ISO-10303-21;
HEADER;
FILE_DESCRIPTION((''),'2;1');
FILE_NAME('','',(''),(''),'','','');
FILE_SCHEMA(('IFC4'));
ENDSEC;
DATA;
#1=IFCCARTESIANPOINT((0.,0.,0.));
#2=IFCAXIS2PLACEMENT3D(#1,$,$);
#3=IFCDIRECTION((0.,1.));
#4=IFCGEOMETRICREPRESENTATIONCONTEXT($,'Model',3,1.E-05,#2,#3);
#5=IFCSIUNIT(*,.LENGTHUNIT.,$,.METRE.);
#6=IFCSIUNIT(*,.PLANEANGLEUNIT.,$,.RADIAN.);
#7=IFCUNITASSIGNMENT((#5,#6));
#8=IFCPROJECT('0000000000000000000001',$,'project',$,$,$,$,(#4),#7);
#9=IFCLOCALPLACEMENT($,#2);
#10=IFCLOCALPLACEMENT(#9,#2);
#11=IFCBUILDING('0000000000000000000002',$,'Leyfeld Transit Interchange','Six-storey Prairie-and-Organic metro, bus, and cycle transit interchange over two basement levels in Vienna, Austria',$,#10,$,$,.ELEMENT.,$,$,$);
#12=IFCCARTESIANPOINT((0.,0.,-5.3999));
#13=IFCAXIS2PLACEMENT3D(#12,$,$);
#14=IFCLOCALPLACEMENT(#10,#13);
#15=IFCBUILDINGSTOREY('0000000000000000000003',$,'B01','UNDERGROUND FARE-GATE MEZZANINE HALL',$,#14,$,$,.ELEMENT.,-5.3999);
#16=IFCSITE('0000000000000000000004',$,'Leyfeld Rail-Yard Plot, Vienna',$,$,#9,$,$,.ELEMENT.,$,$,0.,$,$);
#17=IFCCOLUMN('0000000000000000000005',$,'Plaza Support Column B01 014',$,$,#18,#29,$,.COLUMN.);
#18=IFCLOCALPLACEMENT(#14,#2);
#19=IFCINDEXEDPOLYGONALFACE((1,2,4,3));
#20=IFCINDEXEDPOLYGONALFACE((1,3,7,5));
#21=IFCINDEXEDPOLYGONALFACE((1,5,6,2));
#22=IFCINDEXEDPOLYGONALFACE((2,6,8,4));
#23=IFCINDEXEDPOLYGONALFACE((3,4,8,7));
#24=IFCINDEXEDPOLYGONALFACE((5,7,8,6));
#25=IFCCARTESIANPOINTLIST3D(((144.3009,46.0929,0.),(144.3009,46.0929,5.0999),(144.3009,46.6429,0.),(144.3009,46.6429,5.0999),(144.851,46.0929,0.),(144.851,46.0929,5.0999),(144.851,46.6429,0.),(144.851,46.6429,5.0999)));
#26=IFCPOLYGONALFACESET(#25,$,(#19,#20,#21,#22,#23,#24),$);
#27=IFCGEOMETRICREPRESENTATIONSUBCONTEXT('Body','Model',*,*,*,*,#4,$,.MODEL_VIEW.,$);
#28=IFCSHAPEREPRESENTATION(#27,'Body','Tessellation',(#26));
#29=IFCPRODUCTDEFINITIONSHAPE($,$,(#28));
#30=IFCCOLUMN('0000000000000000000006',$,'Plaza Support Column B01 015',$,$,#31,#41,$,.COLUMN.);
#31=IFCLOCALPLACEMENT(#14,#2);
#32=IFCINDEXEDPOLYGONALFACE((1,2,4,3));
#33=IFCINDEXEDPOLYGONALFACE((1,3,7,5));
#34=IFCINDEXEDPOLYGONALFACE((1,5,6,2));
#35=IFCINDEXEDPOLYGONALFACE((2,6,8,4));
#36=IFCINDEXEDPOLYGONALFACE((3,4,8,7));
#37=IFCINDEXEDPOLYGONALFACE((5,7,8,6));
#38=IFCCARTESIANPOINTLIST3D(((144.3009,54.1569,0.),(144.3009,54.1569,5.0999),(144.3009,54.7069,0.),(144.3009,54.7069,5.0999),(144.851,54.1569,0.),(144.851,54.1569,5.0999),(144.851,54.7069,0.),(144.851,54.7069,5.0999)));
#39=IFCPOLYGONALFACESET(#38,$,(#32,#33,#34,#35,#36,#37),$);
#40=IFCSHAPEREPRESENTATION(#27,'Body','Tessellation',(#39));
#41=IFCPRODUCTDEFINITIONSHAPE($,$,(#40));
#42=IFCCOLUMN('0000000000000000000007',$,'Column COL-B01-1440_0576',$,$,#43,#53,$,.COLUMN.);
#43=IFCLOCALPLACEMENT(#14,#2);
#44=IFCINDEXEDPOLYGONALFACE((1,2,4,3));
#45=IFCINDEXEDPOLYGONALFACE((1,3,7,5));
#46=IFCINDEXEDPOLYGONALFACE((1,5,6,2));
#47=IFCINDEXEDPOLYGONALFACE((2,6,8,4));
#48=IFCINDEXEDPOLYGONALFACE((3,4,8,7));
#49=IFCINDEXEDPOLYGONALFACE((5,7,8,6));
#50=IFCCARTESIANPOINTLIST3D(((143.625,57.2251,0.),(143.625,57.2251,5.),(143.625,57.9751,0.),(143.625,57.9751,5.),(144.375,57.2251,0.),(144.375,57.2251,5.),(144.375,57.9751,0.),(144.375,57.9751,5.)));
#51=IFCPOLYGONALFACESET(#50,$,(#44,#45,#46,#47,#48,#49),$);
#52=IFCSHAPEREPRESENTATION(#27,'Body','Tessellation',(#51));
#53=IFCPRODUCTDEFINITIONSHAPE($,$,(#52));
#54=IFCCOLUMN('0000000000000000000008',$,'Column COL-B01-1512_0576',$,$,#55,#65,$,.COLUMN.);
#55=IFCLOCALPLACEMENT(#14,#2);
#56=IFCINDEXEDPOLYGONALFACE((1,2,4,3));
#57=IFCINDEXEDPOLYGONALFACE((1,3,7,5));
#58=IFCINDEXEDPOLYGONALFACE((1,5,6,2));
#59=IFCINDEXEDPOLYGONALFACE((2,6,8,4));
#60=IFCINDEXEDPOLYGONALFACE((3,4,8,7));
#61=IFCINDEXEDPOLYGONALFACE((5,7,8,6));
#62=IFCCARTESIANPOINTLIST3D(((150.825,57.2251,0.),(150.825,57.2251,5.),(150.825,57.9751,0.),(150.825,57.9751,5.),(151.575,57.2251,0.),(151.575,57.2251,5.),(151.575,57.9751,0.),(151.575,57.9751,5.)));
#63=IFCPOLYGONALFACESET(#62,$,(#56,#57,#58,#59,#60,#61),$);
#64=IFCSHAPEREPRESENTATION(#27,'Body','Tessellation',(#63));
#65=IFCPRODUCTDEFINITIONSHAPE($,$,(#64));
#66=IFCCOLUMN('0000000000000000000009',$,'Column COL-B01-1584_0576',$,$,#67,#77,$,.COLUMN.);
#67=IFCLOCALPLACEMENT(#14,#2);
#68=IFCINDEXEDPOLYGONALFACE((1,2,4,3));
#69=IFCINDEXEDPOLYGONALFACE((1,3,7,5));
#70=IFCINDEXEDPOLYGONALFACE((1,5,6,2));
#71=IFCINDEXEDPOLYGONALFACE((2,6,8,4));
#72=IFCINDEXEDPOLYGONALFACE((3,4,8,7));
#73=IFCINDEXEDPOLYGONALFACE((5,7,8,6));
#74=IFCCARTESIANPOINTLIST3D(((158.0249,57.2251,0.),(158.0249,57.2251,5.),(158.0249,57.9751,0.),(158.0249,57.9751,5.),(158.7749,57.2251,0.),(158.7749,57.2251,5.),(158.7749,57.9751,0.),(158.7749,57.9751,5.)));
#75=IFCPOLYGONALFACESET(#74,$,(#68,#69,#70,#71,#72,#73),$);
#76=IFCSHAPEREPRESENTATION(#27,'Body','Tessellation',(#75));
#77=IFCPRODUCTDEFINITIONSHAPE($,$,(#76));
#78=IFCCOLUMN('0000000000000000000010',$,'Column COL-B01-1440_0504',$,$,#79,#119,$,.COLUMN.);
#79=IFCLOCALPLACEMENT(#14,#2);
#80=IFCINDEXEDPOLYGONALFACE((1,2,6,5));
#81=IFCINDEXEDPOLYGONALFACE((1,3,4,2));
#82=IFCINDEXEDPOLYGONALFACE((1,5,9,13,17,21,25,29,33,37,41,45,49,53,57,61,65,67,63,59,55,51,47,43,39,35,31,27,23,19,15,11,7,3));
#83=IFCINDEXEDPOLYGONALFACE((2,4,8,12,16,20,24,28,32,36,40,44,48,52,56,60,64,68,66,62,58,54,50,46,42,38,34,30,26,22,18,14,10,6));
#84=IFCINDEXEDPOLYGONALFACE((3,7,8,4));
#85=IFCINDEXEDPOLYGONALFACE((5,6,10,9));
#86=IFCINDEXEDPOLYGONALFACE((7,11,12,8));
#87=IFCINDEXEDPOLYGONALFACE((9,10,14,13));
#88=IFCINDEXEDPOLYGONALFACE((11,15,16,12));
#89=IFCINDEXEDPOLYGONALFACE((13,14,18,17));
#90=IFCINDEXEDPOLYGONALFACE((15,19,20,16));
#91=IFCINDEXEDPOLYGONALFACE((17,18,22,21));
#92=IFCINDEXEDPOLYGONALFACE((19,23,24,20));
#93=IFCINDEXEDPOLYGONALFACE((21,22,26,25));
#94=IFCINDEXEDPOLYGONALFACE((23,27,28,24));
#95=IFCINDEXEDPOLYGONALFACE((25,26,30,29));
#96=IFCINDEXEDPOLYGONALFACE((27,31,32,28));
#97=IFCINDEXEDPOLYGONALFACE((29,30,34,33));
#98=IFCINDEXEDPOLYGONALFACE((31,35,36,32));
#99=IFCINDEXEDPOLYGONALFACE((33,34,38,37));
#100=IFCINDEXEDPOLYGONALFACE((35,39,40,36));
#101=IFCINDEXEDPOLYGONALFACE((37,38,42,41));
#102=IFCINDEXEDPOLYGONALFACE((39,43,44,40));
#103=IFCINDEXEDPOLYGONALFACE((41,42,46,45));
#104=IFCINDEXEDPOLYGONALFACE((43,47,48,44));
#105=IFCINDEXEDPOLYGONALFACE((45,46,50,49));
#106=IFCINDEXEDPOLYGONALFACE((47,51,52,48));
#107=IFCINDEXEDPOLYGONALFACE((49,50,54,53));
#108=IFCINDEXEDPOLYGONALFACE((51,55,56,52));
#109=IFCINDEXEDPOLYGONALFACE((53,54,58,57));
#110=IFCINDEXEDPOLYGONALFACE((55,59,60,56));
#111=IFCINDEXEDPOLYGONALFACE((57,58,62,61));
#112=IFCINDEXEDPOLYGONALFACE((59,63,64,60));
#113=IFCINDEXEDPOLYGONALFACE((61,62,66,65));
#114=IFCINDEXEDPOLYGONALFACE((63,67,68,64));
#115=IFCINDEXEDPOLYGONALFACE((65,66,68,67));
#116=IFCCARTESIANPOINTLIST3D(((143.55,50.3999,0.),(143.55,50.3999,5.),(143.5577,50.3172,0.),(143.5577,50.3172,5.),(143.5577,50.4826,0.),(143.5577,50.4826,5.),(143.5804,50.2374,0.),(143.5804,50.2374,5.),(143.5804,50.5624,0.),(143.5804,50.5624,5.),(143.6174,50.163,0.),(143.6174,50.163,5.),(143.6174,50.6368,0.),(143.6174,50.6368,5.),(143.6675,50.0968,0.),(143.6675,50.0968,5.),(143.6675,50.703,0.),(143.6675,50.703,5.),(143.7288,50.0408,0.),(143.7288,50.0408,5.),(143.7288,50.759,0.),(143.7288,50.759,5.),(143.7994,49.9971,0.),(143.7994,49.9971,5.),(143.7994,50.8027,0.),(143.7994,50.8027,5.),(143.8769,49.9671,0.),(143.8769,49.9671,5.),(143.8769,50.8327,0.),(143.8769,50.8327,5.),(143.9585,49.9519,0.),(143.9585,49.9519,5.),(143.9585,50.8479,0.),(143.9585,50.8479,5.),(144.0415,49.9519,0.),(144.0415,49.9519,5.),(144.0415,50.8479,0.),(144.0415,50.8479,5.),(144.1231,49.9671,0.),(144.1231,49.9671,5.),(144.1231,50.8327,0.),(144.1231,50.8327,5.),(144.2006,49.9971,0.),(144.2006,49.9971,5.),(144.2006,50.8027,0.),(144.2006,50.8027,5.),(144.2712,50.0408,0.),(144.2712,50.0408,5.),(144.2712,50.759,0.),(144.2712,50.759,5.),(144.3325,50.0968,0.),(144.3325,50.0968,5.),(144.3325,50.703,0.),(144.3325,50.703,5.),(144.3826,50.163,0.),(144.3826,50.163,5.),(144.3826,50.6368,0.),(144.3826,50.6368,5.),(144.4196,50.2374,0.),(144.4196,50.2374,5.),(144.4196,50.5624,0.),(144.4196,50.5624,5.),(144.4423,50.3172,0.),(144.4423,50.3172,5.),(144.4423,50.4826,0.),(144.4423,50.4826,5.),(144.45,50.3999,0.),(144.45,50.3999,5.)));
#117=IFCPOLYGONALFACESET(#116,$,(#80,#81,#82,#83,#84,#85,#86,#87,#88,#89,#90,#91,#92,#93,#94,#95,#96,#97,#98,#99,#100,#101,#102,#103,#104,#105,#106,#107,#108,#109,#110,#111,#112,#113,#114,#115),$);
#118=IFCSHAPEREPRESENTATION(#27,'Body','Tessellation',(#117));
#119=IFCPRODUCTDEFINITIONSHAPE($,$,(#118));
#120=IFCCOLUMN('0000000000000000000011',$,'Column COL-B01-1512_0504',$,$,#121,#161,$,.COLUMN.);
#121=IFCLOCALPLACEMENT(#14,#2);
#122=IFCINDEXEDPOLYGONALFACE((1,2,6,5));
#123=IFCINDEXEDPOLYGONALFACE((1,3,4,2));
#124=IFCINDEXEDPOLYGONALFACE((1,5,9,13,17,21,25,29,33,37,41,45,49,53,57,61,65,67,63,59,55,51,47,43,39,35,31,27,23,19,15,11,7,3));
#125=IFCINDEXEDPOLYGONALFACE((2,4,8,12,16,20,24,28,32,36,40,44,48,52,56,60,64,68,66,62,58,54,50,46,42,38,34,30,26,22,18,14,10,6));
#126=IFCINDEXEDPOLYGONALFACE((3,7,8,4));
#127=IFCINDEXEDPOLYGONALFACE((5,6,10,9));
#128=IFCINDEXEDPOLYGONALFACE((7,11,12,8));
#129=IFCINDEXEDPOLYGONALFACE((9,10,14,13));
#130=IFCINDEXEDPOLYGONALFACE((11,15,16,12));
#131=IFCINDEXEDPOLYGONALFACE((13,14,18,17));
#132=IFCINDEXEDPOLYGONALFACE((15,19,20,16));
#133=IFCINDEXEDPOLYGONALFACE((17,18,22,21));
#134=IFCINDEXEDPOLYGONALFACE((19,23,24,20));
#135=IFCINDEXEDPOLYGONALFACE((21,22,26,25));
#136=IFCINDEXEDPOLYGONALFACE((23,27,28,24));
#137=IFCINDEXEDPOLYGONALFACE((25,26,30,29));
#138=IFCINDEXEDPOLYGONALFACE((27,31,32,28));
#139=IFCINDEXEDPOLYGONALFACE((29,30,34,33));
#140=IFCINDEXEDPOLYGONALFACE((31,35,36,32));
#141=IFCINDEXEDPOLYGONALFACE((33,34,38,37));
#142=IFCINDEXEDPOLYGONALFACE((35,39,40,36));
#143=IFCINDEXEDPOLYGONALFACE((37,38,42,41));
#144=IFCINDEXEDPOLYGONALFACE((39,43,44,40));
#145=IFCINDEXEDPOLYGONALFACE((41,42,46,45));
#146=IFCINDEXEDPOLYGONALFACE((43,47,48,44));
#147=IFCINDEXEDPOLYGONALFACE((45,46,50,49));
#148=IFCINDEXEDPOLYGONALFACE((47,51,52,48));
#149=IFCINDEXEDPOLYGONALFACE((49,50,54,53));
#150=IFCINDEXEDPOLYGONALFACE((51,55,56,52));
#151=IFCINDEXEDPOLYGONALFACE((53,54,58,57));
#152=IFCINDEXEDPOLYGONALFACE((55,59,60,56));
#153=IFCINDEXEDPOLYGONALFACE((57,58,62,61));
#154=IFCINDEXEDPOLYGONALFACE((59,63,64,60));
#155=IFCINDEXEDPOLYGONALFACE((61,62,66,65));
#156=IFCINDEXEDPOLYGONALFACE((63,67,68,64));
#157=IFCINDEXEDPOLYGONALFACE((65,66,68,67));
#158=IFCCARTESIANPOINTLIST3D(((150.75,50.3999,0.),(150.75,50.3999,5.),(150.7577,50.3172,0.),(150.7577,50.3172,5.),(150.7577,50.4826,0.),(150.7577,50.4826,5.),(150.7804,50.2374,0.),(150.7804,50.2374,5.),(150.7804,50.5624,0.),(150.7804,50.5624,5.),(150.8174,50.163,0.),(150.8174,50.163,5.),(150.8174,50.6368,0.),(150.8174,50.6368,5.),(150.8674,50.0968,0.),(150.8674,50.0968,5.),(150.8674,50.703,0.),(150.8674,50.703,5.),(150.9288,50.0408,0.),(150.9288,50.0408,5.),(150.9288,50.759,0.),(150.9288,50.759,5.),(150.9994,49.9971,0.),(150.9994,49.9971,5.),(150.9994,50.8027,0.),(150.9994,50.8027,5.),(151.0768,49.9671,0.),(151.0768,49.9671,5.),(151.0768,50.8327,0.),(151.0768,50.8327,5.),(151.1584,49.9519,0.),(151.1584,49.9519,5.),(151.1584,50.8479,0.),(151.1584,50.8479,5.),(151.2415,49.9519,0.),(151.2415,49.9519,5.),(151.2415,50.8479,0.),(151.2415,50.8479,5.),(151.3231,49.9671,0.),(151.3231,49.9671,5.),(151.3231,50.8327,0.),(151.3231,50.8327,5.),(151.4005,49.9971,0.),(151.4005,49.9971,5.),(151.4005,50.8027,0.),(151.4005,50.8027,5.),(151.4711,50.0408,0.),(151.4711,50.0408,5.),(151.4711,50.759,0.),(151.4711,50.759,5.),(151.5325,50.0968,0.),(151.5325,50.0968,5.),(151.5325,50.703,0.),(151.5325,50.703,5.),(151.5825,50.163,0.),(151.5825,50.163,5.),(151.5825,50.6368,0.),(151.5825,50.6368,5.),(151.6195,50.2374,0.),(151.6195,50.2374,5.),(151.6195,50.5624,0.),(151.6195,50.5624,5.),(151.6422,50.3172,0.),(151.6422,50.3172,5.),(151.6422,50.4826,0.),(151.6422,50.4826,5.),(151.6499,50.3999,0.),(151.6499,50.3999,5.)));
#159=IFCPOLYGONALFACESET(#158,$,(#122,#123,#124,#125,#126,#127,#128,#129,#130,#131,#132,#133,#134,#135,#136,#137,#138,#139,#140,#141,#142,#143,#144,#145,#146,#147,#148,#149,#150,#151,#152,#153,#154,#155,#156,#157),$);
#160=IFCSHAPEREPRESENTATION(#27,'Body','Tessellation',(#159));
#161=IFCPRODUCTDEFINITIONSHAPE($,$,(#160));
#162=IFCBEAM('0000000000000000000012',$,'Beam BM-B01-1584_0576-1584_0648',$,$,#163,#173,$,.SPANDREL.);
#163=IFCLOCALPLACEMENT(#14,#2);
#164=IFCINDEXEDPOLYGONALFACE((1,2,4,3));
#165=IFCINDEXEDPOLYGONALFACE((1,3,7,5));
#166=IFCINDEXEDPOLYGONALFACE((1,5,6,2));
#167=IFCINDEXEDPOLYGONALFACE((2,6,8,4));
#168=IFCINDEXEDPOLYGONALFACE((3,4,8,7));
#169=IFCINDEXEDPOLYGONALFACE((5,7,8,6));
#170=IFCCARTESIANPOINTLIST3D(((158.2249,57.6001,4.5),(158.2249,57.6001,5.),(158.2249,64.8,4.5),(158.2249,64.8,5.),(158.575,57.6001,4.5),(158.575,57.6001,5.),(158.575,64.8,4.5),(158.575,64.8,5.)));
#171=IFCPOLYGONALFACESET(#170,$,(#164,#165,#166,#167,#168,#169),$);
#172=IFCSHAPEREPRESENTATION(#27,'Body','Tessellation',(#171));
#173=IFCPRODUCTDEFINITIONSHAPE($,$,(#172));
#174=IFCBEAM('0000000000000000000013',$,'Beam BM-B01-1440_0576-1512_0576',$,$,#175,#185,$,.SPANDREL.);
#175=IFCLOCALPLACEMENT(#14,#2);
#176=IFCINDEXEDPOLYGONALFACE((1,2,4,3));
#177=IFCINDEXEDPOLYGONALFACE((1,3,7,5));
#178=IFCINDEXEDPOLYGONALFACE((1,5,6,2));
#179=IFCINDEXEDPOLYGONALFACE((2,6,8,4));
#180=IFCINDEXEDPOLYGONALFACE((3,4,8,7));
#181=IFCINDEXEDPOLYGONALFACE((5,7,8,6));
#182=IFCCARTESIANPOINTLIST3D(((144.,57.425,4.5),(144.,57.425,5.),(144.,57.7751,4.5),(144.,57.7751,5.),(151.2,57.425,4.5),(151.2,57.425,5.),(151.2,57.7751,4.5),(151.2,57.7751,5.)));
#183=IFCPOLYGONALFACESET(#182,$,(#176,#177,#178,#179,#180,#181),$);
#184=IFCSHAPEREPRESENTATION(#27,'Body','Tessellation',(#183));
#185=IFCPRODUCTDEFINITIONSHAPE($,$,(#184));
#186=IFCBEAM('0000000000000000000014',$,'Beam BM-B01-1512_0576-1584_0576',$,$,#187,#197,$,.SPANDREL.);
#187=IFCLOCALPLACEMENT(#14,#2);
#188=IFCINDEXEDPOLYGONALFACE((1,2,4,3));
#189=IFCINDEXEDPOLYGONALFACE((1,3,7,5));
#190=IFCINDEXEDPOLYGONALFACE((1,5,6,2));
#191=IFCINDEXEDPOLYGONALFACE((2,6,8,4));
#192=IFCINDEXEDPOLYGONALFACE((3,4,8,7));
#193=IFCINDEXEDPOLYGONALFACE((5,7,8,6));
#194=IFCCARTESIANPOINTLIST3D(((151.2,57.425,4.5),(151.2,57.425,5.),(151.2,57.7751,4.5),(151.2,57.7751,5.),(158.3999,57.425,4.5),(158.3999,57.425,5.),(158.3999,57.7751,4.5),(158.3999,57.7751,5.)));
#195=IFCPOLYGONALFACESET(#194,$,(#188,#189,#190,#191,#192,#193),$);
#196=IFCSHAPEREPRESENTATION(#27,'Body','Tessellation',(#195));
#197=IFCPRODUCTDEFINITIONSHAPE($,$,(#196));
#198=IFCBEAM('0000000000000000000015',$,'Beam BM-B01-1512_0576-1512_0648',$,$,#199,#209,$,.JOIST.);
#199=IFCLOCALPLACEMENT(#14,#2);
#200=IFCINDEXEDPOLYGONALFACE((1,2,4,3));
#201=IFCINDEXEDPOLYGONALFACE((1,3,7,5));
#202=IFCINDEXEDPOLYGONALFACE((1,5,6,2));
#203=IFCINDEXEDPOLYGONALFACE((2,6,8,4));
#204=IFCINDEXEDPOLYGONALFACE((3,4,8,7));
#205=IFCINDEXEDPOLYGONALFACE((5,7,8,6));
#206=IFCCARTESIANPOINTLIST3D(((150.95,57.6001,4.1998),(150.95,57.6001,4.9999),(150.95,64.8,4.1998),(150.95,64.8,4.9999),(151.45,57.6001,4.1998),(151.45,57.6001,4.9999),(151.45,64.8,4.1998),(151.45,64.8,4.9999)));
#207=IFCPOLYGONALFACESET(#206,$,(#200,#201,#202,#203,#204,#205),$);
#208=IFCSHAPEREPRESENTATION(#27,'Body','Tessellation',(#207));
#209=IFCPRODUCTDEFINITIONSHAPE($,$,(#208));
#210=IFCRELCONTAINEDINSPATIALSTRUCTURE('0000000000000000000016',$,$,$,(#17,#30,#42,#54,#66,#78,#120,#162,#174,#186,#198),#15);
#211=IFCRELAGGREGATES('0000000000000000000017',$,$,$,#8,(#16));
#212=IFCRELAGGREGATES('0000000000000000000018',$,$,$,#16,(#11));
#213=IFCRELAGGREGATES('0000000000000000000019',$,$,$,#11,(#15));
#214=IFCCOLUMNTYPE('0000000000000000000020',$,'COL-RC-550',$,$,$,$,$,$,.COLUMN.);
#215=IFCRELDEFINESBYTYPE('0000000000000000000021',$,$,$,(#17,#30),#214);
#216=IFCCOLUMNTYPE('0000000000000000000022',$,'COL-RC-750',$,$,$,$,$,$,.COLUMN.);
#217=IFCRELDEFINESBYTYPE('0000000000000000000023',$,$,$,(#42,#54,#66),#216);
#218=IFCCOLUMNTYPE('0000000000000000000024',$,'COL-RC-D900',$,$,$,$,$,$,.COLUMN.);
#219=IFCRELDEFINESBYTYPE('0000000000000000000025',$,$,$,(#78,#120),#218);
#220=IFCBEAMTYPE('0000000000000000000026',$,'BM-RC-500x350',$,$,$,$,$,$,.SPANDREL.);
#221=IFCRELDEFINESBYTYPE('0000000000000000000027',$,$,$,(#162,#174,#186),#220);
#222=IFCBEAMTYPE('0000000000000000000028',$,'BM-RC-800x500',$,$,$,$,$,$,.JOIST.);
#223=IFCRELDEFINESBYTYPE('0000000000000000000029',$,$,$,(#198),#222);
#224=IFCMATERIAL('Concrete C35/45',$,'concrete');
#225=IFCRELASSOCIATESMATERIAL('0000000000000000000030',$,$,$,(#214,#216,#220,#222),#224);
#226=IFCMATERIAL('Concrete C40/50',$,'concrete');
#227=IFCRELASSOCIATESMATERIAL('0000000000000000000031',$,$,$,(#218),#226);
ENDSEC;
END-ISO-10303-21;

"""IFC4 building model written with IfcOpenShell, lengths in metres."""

from ifc_helpers import new_model, si_unit, direction, frame, origin, origin_2d, place, context, subcontext, project, spatial, rectangle, circle, extrude, material, material_profile, profile_set, type_object, element, save


model = new_model("IFC4")

# Units and contexts
model_context = context("Model", 3, precision=1e-05, world=origin(), true_north=direction((0.0, 1.0)))
body_context = subcontext(model_context, "Body", "Model", "MODEL_VIEW")
ifc_project = project(units=[si_unit("LENGTHUNIT", "METRE"), si_unit("PLANEANGLEUNIT", "RADIAN")], contexts=[model_context])

# Site, building, storey
site_placement = place(None, origin())
site = spatial("IfcSite", under=ifc_project, at=site_placement, Name="Leyfeld Rail-Yard Plot, Vienna", CompositionType="ELEMENT", RefElevation=0.0)
building_placement = place(site_placement, origin())
building = spatial("IfcBuilding", under=site, at=building_placement, Name="Leyfeld Transit Interchange", Description="Six-storey Prairie-and-Organic metro, bus, and cycle transit interchange over two basement levels in Vienna, Austria", CompositionType="ELEMENT")
storey_placement = place(building_placement, frame((0.0, 0.0, -5.3999)))
storey = spatial("IfcBuildingStorey", under=building, at=storey_placement, Name="B01", Description="UNDERGROUND FARE-GATE MEZZANINE HALL", CompositionType="ELEMENT", Elevation=-5.3999)

# Columns
ifc_material_1 = material(Name="Concrete C35/45", Category="concrete")
ifc_material_profile_1 = material_profile(ifc_material_1, rectangle(XDim=0.55, YDim=0.55, at=origin_2d()), Name="RC 550x550")
ifc_profile_set_1 = profile_set([ifc_material_profile_1], Name="Concrete C35/45")
column_type_1 = type_object("IfcColumnType", Name="COL-RC-550", PredefinedType="COLUMN", material=ifc_profile_set_1)
for number, where, z_axis, x_axis, name in (
    (1, (144.5759, 46.3679, 0.0), (0.0, 0.0, 1.0), (1.0, 0.0, 0.0), "Plaza Support Column B01 014"),
    (2, (144.5759, 54.4319, 0.0), (0.0, 0.0, 1.0), (1.0, 0.0, 0.0), "Plaza Support Column B01 015"),
):
    element("IfcColumn", number, at=place(storey_placement, frame(where, z_axis=z_axis, x_axis=x_axis)), inside=storey, type_object=column_type_1, Name=name, PredefinedType="COLUMN", context=body_context, shape_type="SweptSolid", body=[
        extrude(rectangle(XDim=0.55, YDim=0.55, at=origin_2d()), origin(), (0.0, 0.0, 1.0), 5.0999),
    ])
ifc_material_profile_2 = material_profile(ifc_material_1, rectangle(XDim=0.75, YDim=0.75, at=origin_2d()), Name="RC 750x750")
ifc_profile_set_2 = profile_set([ifc_material_profile_2], Name="Concrete C35/45")
column_type_2 = type_object("IfcColumnType", Name="COL-RC-750", PredefinedType="COLUMN", material=ifc_profile_set_2)
for number, where, z_axis, x_axis, name in (
    (3, (144.0, 57.6001, 0.0), (0.0, 0.0, 1.0), (1.0, 0.0, 0.0), "Column COL-B01-1440_0576"),
    (4, (151.2, 57.6001, 0.0), (0.0, 0.0, 1.0), (1.0, 0.0, 0.0), "Column COL-B01-1512_0576"),
    (5, (158.3999, 57.6001, 0.0), (0.0, 0.0, 1.0), (1.0, 0.0, 0.0), "Column COL-B01-1584_0576"),
):
    element("IfcColumn", number, at=place(storey_placement, frame(where, z_axis=z_axis, x_axis=x_axis)), inside=storey, type_object=column_type_2, Name=name, PredefinedType="COLUMN", context=body_context, shape_type="SweptSolid", body=[
        extrude(rectangle(XDim=0.75, YDim=0.75, at=origin_2d()), origin(), (0.0, 0.0, 1.0), 5.0),
    ])
ifc_material_2 = material(Name="Concrete C40/50", Category="concrete")
ifc_material_profile_3 = material_profile(ifc_material_2, circle(Radius=0.45, at=origin_2d()), Name="RC D900")
ifc_profile_set_3 = profile_set([ifc_material_profile_3], Name="Concrete C40/50")
column_type_3 = type_object("IfcColumnType", Name="COL-RC-D900", PredefinedType="COLUMN", material=ifc_profile_set_3)
for number, where, z_axis, x_axis, name in (
    (6, (144.0, 50.3999, 0.0), (0.0, 0.0, 1.0), (1.0, 0.0, 0.0), "Column COL-B01-1440_0504"),
    (7, (151.2, 50.3999, 0.0), (0.0, 0.0, 1.0), (1.0, 0.0, 0.0), "Column COL-B01-1512_0504"),
):
    element("IfcColumn", number, at=place(storey_placement, frame(where, z_axis=z_axis, x_axis=x_axis)), inside=storey, type_object=column_type_3, Name=name, PredefinedType="COLUMN", context=body_context, shape_type="SweptSolid", body=[
        extrude(circle(Radius=0.45, at=origin_2d()), origin(), (0.0, 0.0, 1.0), 5.0),
    ])

# Beams
ifc_material_profile_4 = material_profile(ifc_material_1, rectangle(XDim=0.3501, YDim=0.5, at=origin_2d()), Name="RC 500x350")
ifc_profile_set_4 = profile_set([ifc_material_profile_4], Name="Concrete C35/45")
beam_type_1 = type_object("IfcBeamType", Name="BM-RC-500x350", PredefinedType="SPANDREL", material=ifc_profile_set_4)
for number, where, z_axis, x_axis, name in (
    (8, (158.3999, 57.6001, 4.75), (0.0, 1.0, 0.0), (-1.0, 0.0, 0.0), "Beam BM-B01-1584_0576-1584_0648"),
    (9, (144.0, 57.6001, 4.75), (1.0, 0.0, 0.0), (0.0, 1.0, 0.0), "Beam BM-B01-1440_0576-1512_0576"),
    (10, (151.2, 57.6001, 4.75), (1.0, 0.0, 0.0), (0.0, 1.0, 0.0), "Beam BM-B01-1512_0576-1584_0576"),
):
    element("IfcBeam", number, at=place(storey_placement, frame(where, z_axis=z_axis, x_axis=x_axis)), inside=storey, type_object=beam_type_1, Name=name, PredefinedType="SPANDREL", context=body_context, shape_type="SweptSolid", body=[
        extrude(rectangle(XDim=0.3501, YDim=0.5, at=origin_2d()), origin(), (0.0, 0.0, 1.0), 7.2),
    ])
ifc_material_profile_5 = material_profile(ifc_material_1, rectangle(XDim=0.5, YDim=0.8, at=origin_2d()), Name="RC 800x500")
ifc_profile_set_5 = profile_set([ifc_material_profile_5], Name="Concrete C35/45")
beam_type_2 = type_object("IfcBeamType", Name="BM-RC-800x500", PredefinedType="JOIST", material=ifc_profile_set_5)
beam_placement = place(storey_placement, frame((151.2, 57.6001, 4.5999), z_axis=(0.0, 1.0, 0.0), x_axis=(-1.0, 0.0, 0.0)))
element("IfcBeam", 11, at=beam_placement, inside=storey, type_object=beam_type_2, Name="Beam BM-B01-1512_0576-1512_0648", PredefinedType="JOIST", context=body_context, shape_type="SweptSolid", body=[
    extrude(rectangle(XDim=0.5, YDim=0.8, at=origin_2d()), origin(), (0.0, 0.0, 1.0), 7.2),
])

save(model, "model.ifc")
